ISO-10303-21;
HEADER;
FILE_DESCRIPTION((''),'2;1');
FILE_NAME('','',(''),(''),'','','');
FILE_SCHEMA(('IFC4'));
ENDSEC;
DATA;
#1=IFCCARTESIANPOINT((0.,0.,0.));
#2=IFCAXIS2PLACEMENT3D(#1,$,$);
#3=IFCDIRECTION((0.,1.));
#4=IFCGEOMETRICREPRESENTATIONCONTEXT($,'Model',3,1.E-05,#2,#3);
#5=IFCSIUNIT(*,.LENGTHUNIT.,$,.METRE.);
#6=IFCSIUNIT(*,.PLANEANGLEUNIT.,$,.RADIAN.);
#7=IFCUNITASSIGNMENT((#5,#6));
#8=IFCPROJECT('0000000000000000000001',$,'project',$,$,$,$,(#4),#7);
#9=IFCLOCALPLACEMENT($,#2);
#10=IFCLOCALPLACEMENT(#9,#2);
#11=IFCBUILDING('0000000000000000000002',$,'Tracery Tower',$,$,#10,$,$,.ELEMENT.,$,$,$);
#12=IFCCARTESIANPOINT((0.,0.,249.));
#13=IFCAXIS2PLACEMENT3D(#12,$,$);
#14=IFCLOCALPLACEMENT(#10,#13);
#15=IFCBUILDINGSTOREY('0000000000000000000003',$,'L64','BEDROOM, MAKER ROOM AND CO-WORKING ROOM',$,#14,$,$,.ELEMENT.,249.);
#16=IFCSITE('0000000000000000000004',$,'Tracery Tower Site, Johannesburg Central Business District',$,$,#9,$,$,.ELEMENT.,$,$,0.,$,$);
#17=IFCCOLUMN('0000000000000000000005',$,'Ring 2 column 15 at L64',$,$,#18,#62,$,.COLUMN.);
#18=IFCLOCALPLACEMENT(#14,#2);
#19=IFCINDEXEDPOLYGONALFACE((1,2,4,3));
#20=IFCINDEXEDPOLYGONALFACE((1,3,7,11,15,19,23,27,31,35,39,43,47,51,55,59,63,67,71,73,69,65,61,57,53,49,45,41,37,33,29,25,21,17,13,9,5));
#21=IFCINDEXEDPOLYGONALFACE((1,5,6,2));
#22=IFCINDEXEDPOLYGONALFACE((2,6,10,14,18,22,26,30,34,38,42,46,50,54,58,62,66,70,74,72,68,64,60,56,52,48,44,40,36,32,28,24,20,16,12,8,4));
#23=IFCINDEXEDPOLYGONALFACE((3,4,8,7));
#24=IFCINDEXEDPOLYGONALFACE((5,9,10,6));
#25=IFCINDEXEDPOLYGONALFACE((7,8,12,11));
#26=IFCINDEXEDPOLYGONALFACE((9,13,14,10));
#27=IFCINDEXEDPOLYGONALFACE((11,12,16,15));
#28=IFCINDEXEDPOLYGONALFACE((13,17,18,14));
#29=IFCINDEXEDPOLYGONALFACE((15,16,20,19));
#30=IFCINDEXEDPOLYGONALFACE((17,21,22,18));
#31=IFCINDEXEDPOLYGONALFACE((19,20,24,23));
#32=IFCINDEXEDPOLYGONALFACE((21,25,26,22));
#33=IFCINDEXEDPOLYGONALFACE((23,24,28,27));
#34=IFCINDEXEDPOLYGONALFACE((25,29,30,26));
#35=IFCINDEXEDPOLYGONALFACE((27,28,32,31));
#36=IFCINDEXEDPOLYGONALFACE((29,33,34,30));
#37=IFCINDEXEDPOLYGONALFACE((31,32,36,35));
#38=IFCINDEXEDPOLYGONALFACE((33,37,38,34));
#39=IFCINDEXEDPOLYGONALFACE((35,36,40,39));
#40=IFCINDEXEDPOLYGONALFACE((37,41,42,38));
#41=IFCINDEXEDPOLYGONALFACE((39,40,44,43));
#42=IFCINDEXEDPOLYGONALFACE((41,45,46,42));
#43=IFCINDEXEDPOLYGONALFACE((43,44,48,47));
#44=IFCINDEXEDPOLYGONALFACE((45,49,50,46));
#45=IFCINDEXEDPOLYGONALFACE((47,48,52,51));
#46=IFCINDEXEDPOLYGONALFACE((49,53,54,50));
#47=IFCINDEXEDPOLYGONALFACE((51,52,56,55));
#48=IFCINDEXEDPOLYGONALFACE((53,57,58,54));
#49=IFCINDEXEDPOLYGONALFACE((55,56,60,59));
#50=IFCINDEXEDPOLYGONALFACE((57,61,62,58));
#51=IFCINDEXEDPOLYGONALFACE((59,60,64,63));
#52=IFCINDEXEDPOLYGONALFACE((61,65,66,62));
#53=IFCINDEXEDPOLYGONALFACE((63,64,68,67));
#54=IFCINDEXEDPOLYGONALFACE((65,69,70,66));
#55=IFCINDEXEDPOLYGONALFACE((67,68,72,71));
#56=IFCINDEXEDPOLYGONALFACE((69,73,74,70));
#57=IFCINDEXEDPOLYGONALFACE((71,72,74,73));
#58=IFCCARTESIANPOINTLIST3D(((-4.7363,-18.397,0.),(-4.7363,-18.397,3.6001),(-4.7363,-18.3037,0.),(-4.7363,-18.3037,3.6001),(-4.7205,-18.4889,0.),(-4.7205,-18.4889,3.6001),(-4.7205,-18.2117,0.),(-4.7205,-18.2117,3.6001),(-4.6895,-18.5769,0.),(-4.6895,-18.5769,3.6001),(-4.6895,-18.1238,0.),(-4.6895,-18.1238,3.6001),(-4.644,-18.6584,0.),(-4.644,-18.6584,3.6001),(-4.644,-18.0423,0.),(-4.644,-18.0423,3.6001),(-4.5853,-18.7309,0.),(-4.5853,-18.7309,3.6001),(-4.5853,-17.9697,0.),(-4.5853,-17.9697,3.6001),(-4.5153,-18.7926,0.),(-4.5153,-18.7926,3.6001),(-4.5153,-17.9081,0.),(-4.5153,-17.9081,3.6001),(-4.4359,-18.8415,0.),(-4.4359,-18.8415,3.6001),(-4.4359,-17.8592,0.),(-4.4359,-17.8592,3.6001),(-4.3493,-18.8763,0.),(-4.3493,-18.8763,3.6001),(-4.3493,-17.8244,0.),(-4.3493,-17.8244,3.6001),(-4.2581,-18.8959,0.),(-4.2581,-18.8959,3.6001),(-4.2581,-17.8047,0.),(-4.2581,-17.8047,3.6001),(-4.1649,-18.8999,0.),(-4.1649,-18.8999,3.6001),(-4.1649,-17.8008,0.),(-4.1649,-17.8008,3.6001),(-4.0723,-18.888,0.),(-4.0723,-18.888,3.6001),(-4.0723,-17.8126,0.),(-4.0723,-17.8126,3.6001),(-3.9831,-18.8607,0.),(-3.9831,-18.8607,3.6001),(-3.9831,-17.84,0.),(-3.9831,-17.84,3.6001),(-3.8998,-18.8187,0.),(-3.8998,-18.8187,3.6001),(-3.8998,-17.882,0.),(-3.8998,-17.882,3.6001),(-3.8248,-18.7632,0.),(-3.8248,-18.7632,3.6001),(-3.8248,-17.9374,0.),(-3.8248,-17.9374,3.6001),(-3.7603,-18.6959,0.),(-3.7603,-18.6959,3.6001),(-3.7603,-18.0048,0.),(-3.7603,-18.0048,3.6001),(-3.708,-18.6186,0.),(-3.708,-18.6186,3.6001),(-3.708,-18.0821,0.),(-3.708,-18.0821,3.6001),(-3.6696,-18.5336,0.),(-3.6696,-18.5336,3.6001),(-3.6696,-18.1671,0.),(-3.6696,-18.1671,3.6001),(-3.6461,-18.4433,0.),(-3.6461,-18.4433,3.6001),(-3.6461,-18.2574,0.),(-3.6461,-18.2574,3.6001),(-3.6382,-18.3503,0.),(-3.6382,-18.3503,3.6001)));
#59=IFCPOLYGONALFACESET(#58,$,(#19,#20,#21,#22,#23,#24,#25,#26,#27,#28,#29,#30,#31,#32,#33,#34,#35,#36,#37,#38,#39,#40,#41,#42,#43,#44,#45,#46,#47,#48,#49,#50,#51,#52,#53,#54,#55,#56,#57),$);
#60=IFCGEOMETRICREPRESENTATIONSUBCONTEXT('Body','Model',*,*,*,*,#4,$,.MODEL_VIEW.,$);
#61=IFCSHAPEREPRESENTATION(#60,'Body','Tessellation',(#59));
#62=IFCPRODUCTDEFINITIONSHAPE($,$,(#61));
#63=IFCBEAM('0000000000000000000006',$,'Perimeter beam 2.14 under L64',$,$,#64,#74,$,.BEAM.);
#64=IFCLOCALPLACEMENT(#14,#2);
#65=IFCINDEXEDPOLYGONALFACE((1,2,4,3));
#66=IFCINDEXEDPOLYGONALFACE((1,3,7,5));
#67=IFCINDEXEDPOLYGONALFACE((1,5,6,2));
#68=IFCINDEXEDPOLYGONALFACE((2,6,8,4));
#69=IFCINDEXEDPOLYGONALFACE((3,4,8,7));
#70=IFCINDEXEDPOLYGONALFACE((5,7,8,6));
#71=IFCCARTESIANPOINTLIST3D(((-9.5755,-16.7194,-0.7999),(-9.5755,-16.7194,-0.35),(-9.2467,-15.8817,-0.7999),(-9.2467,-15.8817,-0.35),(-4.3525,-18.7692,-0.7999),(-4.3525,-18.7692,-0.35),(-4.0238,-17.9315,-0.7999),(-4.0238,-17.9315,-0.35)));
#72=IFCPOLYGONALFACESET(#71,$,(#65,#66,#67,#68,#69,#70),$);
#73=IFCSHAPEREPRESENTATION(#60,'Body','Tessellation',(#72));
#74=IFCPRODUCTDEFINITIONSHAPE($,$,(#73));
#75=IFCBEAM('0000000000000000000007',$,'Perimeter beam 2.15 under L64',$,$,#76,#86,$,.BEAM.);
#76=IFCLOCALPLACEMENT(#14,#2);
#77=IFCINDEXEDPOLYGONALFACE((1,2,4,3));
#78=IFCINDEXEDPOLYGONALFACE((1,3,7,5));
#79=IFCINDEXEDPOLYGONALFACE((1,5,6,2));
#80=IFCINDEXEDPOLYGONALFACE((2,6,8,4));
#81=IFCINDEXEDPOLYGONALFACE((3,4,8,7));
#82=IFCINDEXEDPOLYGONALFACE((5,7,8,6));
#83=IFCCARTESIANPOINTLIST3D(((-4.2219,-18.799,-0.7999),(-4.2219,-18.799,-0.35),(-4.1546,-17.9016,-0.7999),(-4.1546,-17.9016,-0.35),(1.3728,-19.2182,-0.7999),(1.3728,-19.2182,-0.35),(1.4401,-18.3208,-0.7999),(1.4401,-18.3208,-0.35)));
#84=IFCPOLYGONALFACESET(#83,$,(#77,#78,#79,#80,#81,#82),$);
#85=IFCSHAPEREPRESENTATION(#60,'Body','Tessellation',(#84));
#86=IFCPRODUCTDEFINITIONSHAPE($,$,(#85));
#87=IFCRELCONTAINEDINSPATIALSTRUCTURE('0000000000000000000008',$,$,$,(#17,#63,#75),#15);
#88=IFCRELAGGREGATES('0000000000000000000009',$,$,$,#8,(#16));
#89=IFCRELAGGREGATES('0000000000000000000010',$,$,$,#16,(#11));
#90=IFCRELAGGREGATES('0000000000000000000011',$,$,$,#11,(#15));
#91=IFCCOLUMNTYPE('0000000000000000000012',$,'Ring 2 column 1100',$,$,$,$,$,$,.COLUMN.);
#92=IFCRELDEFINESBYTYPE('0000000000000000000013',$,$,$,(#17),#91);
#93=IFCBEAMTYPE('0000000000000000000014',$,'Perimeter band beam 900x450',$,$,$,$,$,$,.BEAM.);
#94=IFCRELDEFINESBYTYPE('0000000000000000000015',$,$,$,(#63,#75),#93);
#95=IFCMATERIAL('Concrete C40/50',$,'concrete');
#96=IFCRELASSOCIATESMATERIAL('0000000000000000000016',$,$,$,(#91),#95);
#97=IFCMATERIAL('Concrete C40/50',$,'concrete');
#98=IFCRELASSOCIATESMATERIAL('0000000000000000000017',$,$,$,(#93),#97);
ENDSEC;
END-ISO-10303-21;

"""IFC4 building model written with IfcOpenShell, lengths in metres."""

from ifc_helpers import new_model, si_unit, direction, frame, origin, origin_2d, place, context, subcontext, project, spatial, rectangle, circle, extrude, material, material_profile, profile_set, type_object, element, save


model = new_model("IFC4")

# Units and contexts
model_context = context("Model", 3, precision=1e-05, world=origin(), true_north=direction((0.0, 1.0)))
body_context = subcontext(model_context, "Body", "Model", "MODEL_VIEW")
ifc_project = project(units=[si_unit("LENGTHUNIT", "METRE"), si_unit("PLANEANGLEUNIT", "RADIAN")], contexts=[model_context])

# Site, building, storey
site_placement = place(None, origin())
site = spatial("IfcSite", under=ifc_project, at=site_placement, Name="Tracery Tower Site, Johannesburg Central Business District", CompositionType="ELEMENT", RefElevation=0.0)
building_placement = place(site_placement, origin())
building = spatial("IfcBuilding", under=site, at=building_placement, Name="Tracery Tower", CompositionType="ELEMENT")
storey_placement = place(building_placement, frame((0.0, 0.0, 249.0)))
storey = spatial("IfcBuildingStorey", under=building, at=storey_placement, Name="L64", Description="BEDROOM, MAKER ROOM AND CO-WORKING ROOM", CompositionType="ELEMENT", Elevation=249.0)

# Column
ifc_material_1 = material(Name="Concrete C40/50", Category="concrete")
ifc_material_profile_1 = material_profile(ifc_material_1, circle(Radius=0.55, at=origin_2d()), Name="RC D1100")
ifc_profile_set_1 = profile_set([ifc_material_profile_1], Name="Concrete C40/50")
column_type = type_object("IfcColumnType", Name="Ring 2 column 1100", PredefinedType="COLUMN", material=ifc_profile_set_1)
column_placement = place(storey_placement, frame((-4.1882, -18.3503, 0.0), z_axis=(0.0, 0.0, 1.0), x_axis=(1.0, 0.0, 0.0)))
element("IfcColumn", 1, at=column_placement, inside=storey, type_object=column_type, Name="Ring 2 column 15 at L64", PredefinedType="COLUMN", context=body_context, shape_type="SweptSolid", body=[
    extrude(circle(Radius=0.55, at=origin_2d()), origin(), (0.0, 0.0, 1.0), 3.6001),
])

# Beams
ifc_material_2 = material(Name="Concrete C40/50", Category="concrete")
ifc_material_profile_2 = material_profile(ifc_material_2, rectangle(XDim=0.8999, YDim=0.45, at=origin_2d()), Name="RC 900x450")
ifc_profile_set_2 = profile_set([ifc_material_profile_2], Name="Concrete C40/50")
beam_type = type_object("IfcBeamType", Name="Perimeter band beam 900x450", PredefinedType="BEAM", material=ifc_profile_set_2)
beam_1_placement = place(storey_placement, frame((-9.4111, -16.3005, -0.575), z_axis=(0.930876, -0.365336, 0.0), x_axis=(0.365336, 0.930876, 0.0)))
element("IfcBeam", 2, at=beam_1_placement, inside=storey, type_object=beam_type, Name="Perimeter beam 2.14 under L64", PredefinedType="BEAM", context=body_context, shape_type="SweptSolid", body=[
    extrude(rectangle(XDim=0.8999, YDim=0.45, at=origin_2d()), origin(), (0.0, 0.0, 1.0), 5.6108),
])
beam_2_placement = place(storey_placement, frame((-4.1882, -18.3503, -0.575), z_axis=(0.997205, -0.074716, 0.0), x_axis=(0.074716, 0.997205, 0.0)))
element("IfcBeam", 3, at=beam_2_placement, inside=storey, type_object=beam_type, Name="Perimeter beam 2.15 under L64", PredefinedType="BEAM", context=body_context, shape_type="SweptSolid", body=[
    extrude(rectangle(XDim=0.8999, YDim=0.45, at=origin_2d()), origin(), (0.0, 0.0, 1.0), 5.6104),
])

save(model, "model.ifc")
